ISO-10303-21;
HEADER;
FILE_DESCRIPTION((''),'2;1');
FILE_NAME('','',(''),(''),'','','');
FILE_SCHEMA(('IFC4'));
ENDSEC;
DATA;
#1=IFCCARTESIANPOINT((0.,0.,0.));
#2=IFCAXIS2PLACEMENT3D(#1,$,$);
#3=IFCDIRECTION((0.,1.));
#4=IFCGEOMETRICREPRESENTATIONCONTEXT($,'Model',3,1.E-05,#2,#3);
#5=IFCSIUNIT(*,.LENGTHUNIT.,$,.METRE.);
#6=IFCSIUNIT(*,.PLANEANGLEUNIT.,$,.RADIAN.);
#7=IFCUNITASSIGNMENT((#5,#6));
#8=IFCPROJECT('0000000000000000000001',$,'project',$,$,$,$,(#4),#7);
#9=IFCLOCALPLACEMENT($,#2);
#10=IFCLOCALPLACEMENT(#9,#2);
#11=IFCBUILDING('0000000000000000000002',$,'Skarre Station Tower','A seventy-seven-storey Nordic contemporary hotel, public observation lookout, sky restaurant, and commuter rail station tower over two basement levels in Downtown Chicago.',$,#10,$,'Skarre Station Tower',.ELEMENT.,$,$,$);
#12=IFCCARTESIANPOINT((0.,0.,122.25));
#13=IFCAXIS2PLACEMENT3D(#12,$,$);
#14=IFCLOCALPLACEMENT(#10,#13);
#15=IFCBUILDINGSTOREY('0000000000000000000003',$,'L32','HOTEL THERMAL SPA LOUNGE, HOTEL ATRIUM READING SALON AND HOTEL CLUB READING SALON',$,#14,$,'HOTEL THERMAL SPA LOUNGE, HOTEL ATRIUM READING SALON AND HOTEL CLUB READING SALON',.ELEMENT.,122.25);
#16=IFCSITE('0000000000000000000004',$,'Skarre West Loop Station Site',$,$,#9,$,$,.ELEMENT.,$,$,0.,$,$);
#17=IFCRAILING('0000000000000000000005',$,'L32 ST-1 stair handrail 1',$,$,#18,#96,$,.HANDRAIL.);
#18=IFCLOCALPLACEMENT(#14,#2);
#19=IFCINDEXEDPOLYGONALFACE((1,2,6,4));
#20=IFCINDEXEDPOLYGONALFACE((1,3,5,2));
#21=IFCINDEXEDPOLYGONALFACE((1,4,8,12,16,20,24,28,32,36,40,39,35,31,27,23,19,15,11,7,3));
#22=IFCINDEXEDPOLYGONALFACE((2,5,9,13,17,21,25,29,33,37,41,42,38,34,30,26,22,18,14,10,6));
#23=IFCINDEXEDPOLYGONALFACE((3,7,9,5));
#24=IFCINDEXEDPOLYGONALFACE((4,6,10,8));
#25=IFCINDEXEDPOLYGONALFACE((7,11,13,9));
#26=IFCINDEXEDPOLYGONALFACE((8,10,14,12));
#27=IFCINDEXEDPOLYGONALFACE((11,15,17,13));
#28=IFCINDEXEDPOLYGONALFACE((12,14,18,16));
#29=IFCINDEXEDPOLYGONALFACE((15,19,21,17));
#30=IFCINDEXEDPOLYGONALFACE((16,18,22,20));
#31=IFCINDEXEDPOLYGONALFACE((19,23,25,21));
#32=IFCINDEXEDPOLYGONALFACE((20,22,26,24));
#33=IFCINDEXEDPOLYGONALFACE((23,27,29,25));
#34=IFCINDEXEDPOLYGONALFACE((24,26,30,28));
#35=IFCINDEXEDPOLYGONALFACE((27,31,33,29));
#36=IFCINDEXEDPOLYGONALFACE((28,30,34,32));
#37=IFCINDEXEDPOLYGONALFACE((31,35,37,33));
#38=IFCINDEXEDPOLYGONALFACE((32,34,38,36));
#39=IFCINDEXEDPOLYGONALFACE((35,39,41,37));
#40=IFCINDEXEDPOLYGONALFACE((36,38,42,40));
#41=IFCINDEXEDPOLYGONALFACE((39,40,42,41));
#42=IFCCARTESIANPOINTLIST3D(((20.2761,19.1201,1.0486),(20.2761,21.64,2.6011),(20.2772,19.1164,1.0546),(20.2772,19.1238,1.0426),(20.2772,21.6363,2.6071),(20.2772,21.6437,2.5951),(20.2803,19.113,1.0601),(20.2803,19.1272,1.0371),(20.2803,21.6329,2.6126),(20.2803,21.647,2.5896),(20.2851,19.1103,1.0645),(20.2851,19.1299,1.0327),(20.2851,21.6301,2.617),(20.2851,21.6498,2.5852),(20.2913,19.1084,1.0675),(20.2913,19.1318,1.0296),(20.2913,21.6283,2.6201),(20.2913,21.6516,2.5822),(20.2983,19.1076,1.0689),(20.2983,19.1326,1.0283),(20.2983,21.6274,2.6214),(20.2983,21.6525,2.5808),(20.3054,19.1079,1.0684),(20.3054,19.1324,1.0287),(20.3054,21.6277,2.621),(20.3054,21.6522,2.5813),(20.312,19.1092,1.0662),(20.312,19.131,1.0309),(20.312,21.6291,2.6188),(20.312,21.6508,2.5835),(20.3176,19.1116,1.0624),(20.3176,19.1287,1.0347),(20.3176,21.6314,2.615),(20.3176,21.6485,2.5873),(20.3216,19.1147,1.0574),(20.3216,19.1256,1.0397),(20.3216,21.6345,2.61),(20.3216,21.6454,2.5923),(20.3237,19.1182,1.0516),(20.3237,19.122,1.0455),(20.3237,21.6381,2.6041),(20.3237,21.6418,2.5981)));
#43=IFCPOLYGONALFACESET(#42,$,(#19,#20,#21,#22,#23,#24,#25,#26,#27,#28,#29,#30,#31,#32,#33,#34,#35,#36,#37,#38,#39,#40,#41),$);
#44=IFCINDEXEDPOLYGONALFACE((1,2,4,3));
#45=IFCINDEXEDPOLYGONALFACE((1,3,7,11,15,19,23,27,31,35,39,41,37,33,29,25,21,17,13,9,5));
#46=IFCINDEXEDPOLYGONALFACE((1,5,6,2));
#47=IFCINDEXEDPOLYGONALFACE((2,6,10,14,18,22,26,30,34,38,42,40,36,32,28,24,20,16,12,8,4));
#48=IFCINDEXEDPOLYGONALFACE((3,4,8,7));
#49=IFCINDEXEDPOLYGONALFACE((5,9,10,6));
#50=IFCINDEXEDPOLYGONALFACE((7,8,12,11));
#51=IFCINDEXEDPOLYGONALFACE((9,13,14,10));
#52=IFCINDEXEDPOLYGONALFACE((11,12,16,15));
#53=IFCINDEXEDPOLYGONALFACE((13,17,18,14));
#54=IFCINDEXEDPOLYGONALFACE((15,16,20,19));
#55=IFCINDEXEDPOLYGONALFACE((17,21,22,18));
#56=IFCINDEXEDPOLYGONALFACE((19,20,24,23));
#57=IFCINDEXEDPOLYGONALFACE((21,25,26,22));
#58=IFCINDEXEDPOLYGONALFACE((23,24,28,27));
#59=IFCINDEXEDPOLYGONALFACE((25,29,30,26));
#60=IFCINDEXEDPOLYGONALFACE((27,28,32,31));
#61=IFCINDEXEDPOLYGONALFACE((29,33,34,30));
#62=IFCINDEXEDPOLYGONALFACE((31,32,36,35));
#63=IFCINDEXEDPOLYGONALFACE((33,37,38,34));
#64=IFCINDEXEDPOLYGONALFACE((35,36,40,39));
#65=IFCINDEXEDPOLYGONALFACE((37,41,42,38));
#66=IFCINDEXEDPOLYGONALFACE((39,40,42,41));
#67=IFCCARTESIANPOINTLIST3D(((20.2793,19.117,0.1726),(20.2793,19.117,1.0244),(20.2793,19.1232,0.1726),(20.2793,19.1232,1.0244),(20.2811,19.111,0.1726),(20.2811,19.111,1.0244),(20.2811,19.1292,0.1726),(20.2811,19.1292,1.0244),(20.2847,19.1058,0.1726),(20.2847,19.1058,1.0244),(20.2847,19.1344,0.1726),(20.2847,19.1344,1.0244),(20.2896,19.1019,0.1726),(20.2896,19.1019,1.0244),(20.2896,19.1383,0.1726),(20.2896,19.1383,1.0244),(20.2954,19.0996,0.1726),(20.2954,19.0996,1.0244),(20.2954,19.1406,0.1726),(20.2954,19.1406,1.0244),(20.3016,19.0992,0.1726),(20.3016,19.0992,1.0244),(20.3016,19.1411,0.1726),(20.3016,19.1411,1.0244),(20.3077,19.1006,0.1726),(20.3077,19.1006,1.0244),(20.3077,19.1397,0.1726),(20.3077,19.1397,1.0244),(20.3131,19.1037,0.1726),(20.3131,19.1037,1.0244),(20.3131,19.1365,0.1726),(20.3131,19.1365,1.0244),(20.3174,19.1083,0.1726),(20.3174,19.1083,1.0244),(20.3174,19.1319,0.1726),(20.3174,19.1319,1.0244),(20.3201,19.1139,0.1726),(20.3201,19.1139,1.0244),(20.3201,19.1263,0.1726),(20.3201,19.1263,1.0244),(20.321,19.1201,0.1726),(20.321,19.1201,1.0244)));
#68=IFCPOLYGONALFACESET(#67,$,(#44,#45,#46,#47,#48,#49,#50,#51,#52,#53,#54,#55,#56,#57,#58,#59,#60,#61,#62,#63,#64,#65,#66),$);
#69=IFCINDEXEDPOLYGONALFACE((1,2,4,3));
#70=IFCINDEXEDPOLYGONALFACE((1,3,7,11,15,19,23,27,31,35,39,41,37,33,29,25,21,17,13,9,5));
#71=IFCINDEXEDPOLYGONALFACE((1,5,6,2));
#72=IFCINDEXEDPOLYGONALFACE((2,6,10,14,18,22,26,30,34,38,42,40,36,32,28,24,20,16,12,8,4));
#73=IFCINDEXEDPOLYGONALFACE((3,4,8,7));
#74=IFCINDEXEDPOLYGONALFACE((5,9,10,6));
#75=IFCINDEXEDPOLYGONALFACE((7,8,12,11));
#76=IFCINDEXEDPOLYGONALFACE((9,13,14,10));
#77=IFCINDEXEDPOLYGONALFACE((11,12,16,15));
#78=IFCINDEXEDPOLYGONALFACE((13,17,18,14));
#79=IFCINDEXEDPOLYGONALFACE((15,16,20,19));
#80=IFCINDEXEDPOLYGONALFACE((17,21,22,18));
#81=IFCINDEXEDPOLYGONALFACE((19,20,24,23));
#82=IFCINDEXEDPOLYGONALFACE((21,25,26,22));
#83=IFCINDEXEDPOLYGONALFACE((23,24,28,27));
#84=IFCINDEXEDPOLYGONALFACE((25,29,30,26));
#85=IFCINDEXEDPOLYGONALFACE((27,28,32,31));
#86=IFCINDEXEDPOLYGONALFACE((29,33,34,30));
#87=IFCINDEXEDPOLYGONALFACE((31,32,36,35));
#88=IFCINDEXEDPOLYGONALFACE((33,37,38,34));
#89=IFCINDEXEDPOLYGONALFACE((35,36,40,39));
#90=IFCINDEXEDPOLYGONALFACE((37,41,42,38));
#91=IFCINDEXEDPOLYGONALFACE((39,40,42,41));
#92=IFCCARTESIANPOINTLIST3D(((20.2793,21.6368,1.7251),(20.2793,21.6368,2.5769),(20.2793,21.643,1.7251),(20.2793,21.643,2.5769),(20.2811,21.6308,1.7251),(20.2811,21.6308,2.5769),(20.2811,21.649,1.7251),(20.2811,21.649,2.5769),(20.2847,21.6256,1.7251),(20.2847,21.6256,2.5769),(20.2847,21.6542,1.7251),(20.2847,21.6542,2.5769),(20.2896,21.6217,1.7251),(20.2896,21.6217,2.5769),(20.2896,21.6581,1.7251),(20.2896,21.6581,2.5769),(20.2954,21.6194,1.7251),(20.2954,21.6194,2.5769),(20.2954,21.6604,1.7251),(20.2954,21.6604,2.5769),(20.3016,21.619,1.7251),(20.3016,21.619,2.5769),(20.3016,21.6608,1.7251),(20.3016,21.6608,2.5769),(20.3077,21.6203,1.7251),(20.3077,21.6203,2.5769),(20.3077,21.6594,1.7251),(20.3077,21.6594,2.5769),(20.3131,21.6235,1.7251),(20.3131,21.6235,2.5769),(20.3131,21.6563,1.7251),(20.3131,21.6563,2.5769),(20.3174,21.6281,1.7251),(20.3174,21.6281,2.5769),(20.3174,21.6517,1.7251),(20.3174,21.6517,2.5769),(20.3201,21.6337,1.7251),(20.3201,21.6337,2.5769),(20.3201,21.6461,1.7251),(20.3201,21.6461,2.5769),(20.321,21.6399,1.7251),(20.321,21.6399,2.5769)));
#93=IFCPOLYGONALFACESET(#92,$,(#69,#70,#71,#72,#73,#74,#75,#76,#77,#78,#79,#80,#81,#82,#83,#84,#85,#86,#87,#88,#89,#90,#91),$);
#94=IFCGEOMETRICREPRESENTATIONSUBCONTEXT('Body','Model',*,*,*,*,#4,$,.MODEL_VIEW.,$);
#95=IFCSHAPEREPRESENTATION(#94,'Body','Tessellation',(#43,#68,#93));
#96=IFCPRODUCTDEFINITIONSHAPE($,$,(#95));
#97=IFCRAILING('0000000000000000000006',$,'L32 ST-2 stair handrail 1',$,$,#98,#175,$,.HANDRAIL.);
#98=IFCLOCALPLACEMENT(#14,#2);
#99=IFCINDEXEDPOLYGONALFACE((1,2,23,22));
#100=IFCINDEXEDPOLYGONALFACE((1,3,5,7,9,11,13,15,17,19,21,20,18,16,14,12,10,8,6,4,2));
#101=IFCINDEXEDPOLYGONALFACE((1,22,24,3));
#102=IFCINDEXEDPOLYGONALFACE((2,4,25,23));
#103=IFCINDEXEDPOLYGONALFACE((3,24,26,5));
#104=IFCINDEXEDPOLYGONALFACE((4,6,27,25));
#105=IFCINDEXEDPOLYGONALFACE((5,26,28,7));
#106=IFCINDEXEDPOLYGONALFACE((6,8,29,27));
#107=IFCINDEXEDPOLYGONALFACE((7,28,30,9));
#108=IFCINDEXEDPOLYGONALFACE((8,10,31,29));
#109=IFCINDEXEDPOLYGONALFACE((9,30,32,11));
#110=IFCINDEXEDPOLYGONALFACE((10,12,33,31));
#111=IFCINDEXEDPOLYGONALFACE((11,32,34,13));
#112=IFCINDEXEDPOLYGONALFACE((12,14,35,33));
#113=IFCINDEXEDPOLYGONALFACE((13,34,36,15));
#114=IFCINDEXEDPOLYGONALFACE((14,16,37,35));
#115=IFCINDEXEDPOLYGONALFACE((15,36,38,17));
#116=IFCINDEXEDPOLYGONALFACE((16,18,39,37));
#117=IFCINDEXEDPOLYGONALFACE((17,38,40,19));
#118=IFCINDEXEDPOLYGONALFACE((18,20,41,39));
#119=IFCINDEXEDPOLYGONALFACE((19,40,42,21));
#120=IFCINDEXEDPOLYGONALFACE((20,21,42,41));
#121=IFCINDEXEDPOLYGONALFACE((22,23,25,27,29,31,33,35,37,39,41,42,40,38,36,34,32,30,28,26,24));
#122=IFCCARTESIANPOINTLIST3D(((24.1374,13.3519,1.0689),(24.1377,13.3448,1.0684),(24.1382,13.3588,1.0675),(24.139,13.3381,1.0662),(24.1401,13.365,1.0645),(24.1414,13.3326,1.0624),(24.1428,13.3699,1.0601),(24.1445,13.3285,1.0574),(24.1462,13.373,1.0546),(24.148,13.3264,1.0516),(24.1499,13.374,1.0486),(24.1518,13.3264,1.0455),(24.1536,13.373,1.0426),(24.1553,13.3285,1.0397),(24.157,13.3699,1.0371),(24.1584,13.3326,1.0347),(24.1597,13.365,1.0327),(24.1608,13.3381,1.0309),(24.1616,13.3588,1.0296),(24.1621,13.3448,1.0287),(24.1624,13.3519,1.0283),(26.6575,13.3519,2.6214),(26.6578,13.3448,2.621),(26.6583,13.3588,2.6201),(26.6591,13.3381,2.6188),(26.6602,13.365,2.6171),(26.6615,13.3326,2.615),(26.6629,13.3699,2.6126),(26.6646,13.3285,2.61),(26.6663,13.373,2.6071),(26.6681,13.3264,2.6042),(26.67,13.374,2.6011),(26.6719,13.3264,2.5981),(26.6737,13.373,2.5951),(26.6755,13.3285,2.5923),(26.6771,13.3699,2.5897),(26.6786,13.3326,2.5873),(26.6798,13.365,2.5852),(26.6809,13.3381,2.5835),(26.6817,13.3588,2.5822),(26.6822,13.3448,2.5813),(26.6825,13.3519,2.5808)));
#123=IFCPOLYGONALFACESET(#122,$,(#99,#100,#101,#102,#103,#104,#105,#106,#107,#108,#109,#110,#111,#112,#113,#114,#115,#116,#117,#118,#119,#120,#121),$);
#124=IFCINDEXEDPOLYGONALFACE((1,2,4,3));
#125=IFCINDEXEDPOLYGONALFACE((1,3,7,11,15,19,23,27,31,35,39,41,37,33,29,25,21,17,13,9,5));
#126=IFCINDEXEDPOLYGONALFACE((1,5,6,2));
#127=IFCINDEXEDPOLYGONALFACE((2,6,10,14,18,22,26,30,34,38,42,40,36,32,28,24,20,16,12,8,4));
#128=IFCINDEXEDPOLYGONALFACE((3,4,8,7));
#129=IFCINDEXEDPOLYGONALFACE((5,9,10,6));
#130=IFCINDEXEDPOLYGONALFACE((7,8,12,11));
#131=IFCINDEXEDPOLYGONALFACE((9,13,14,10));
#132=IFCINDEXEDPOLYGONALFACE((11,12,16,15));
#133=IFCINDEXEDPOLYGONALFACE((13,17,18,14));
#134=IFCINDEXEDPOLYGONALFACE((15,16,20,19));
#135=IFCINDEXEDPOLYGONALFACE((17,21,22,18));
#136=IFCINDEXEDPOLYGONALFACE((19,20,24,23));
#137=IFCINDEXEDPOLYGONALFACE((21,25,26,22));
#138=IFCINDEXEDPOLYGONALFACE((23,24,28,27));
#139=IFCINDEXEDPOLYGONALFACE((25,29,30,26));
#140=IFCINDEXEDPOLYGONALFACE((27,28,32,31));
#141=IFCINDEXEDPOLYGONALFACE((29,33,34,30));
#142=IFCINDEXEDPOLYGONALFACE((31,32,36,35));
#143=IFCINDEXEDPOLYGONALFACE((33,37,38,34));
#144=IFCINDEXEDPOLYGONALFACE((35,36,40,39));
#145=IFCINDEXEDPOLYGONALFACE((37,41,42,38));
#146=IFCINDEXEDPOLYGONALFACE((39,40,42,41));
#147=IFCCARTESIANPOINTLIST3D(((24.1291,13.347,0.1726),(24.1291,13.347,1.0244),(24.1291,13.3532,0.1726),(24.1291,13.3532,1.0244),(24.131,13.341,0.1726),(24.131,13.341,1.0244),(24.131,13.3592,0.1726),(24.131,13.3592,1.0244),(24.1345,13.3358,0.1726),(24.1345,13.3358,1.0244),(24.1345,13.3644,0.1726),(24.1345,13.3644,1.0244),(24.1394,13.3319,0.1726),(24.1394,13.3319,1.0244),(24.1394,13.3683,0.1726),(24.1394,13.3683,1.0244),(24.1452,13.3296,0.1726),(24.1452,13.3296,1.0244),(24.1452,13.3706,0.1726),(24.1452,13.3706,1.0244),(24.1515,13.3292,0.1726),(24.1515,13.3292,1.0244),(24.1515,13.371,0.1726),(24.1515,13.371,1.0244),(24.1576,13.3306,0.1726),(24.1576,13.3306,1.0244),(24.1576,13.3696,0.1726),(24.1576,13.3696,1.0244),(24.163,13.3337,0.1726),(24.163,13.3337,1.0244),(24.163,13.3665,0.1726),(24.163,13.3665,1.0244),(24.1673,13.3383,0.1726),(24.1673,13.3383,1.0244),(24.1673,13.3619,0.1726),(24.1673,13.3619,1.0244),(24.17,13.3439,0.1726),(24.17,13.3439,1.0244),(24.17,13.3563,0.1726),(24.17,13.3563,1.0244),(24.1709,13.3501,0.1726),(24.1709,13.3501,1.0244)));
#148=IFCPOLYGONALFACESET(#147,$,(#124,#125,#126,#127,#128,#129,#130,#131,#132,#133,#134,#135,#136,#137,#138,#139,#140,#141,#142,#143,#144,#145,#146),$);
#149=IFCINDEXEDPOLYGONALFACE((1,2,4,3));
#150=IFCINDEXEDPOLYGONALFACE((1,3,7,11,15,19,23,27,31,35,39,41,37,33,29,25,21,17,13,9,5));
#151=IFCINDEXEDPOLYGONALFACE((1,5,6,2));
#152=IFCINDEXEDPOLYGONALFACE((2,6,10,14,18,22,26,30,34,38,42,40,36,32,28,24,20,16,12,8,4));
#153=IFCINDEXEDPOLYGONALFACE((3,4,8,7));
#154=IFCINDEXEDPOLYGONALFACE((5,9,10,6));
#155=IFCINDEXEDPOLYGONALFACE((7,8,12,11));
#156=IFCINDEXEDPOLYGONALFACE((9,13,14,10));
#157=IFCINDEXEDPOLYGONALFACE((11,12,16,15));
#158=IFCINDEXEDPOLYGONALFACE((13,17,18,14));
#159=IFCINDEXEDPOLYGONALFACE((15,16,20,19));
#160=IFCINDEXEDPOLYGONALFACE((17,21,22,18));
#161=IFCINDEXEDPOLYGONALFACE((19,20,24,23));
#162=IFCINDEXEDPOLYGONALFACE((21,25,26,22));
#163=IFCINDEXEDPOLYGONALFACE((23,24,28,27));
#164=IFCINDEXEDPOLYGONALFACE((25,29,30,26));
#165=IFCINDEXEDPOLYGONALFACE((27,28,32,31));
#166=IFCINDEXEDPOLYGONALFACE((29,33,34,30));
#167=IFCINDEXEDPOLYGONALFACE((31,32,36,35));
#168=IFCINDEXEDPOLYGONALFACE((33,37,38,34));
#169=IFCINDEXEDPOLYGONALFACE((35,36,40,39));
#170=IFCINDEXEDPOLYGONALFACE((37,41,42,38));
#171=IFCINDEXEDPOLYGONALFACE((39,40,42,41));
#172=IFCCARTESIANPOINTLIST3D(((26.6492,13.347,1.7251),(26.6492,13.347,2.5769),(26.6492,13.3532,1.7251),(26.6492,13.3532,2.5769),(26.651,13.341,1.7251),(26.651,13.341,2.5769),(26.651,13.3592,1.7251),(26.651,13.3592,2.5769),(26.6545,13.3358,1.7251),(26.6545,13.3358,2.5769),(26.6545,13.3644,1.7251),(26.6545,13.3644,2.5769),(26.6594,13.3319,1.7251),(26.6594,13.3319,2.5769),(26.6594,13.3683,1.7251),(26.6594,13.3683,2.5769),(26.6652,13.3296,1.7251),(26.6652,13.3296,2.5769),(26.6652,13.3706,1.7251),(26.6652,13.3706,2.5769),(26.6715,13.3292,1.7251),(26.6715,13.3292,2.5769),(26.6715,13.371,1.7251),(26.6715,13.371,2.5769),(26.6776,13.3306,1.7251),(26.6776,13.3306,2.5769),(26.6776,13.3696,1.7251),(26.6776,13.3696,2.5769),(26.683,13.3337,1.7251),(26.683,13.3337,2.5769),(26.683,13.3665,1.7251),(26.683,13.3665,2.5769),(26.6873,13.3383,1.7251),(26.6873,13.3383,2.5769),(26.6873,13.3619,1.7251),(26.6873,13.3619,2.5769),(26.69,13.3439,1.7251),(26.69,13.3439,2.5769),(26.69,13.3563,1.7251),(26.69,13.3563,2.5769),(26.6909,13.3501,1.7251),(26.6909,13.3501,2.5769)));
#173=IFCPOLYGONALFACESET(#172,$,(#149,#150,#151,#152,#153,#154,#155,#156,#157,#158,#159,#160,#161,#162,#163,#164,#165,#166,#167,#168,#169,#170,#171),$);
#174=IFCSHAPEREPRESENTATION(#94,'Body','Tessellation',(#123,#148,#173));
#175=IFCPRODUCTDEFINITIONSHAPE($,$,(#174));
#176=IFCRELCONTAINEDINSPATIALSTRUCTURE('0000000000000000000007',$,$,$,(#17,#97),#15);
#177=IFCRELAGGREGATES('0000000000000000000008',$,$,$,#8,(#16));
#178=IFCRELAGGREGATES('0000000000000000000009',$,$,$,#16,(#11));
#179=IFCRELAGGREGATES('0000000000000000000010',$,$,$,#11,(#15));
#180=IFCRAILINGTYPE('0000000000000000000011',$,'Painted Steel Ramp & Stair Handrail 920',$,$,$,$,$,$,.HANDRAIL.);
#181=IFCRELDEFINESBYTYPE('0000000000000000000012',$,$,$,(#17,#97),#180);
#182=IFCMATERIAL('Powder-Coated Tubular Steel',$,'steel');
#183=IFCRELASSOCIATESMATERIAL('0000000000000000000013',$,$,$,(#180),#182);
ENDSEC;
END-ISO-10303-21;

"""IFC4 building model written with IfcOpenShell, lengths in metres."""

from ifc_helpers import new_model, si_unit, direction, frame, origin, origin_2d, place, context, subcontext, project, spatial, circle, extrude, material, type_object, element, save


model = new_model("IFC4")

# Units and contexts
model_context = context("Model", 3, precision=1e-05, world=origin(), true_north=direction((0.0, 1.0)))
body_context = subcontext(model_context, "Body", "Model", "MODEL_VIEW")
ifc_project = project(units=[si_unit("LENGTHUNIT", "METRE"), si_unit("PLANEANGLEUNIT", "RADIAN")], contexts=[model_context])

# Site, building, storey
site_placement = place(None, origin())
site = spatial("IfcSite", under=ifc_project, at=site_placement, Name="Skarre West Loop Station Site", CompositionType="ELEMENT", RefElevation=0.0)
building_placement = place(site_placement, origin())
building = spatial("IfcBuilding", under=site, at=building_placement, Name="Skarre Station Tower", Description="A seventy-seven-storey Nordic contemporary hotel, public observation lookout, sky restaurant, and commuter rail station tower over two basement levels in Downtown Chicago.", LongName="Skarre Station Tower", CompositionType="ELEMENT")
storey_placement = place(building_placement, frame((0.0, 0.0, 122.25)))
storey = spatial("IfcBuildingStorey", under=building, at=storey_placement, Name="L32", Description="HOTEL THERMAL SPA LOUNGE, HOTEL ATRIUM READING SALON AND HOTEL CLUB READING SALON", LongName="HOTEL THERMAL SPA LOUNGE, HOTEL ATRIUM READING SALON AND HOTEL CLUB READING SALON", CompositionType="ELEMENT", Elevation=122.25)

# Railings
ifc_material_1 = material(Name="Powder-Coated Tubular Steel", Category="steel")
railing_type_1 = type_object("IfcRailingType", Name="Painted Steel Ramp & Stair Handrail 920", PredefinedType="HANDRAIL", material=ifc_material_1)
railing_1_placement = place(storey_placement, frame((20.3, 19.1201, 0.1726)))
element("IfcRailing", 1, at=railing_1_placement, inside=storey, type_object=railing_type_1, Name="L32 ST-1 stair handrail 1", PredefinedType="HANDRAIL", context=body_context, shape_type="SweptSolid", body=[
    extrude(circle(Radius=0.0239, at=origin_2d()), frame((0.0, 0.0, 0.876), z_axis=(0.0, 0.851378, 0.524553), x_axis=(-1.0, 0.0, 0.0)), (0.0, 0.0, 1.0), 2.9597),
    extrude(circle(Radius=0.021, at=origin_2d()), origin(), (0.0, 0.0, 1.0), 0.8518),
    extrude(circle(Radius=0.021, at=origin_2d()), frame((0.0, 2.5198, 1.5525)), (0.0, 0.0, 1.0), 0.8518),
])
railing_2_placement = place(storey_placement, frame((24.1499, 13.3501, 0.1726)))
element("IfcRailing", 2, at=railing_2_placement, inside=storey, type_object=railing_type_1, Name="L32 ST-2 stair handrail 1", PredefinedType="HANDRAIL", context=body_context, shape_type="SweptSolid", body=[
    extrude(circle(Radius=0.0239, at=origin_2d()), frame((0.0, 0.0, 0.876), z_axis=(0.8514, 0.0, 0.524516), x_axis=(0.0, 1.0, 0.0)), (0.0, 0.0, 1.0), 2.96),
    extrude(circle(Radius=0.021, at=origin_2d()), origin(), (0.0, 0.0, 1.0), 0.8518),
    extrude(circle(Radius=0.021, at=origin_2d()), frame((2.52, 0.0, 1.5525)), (0.0, 0.0, 1.0), 0.8518),
])

save(model, "model.ifc")
